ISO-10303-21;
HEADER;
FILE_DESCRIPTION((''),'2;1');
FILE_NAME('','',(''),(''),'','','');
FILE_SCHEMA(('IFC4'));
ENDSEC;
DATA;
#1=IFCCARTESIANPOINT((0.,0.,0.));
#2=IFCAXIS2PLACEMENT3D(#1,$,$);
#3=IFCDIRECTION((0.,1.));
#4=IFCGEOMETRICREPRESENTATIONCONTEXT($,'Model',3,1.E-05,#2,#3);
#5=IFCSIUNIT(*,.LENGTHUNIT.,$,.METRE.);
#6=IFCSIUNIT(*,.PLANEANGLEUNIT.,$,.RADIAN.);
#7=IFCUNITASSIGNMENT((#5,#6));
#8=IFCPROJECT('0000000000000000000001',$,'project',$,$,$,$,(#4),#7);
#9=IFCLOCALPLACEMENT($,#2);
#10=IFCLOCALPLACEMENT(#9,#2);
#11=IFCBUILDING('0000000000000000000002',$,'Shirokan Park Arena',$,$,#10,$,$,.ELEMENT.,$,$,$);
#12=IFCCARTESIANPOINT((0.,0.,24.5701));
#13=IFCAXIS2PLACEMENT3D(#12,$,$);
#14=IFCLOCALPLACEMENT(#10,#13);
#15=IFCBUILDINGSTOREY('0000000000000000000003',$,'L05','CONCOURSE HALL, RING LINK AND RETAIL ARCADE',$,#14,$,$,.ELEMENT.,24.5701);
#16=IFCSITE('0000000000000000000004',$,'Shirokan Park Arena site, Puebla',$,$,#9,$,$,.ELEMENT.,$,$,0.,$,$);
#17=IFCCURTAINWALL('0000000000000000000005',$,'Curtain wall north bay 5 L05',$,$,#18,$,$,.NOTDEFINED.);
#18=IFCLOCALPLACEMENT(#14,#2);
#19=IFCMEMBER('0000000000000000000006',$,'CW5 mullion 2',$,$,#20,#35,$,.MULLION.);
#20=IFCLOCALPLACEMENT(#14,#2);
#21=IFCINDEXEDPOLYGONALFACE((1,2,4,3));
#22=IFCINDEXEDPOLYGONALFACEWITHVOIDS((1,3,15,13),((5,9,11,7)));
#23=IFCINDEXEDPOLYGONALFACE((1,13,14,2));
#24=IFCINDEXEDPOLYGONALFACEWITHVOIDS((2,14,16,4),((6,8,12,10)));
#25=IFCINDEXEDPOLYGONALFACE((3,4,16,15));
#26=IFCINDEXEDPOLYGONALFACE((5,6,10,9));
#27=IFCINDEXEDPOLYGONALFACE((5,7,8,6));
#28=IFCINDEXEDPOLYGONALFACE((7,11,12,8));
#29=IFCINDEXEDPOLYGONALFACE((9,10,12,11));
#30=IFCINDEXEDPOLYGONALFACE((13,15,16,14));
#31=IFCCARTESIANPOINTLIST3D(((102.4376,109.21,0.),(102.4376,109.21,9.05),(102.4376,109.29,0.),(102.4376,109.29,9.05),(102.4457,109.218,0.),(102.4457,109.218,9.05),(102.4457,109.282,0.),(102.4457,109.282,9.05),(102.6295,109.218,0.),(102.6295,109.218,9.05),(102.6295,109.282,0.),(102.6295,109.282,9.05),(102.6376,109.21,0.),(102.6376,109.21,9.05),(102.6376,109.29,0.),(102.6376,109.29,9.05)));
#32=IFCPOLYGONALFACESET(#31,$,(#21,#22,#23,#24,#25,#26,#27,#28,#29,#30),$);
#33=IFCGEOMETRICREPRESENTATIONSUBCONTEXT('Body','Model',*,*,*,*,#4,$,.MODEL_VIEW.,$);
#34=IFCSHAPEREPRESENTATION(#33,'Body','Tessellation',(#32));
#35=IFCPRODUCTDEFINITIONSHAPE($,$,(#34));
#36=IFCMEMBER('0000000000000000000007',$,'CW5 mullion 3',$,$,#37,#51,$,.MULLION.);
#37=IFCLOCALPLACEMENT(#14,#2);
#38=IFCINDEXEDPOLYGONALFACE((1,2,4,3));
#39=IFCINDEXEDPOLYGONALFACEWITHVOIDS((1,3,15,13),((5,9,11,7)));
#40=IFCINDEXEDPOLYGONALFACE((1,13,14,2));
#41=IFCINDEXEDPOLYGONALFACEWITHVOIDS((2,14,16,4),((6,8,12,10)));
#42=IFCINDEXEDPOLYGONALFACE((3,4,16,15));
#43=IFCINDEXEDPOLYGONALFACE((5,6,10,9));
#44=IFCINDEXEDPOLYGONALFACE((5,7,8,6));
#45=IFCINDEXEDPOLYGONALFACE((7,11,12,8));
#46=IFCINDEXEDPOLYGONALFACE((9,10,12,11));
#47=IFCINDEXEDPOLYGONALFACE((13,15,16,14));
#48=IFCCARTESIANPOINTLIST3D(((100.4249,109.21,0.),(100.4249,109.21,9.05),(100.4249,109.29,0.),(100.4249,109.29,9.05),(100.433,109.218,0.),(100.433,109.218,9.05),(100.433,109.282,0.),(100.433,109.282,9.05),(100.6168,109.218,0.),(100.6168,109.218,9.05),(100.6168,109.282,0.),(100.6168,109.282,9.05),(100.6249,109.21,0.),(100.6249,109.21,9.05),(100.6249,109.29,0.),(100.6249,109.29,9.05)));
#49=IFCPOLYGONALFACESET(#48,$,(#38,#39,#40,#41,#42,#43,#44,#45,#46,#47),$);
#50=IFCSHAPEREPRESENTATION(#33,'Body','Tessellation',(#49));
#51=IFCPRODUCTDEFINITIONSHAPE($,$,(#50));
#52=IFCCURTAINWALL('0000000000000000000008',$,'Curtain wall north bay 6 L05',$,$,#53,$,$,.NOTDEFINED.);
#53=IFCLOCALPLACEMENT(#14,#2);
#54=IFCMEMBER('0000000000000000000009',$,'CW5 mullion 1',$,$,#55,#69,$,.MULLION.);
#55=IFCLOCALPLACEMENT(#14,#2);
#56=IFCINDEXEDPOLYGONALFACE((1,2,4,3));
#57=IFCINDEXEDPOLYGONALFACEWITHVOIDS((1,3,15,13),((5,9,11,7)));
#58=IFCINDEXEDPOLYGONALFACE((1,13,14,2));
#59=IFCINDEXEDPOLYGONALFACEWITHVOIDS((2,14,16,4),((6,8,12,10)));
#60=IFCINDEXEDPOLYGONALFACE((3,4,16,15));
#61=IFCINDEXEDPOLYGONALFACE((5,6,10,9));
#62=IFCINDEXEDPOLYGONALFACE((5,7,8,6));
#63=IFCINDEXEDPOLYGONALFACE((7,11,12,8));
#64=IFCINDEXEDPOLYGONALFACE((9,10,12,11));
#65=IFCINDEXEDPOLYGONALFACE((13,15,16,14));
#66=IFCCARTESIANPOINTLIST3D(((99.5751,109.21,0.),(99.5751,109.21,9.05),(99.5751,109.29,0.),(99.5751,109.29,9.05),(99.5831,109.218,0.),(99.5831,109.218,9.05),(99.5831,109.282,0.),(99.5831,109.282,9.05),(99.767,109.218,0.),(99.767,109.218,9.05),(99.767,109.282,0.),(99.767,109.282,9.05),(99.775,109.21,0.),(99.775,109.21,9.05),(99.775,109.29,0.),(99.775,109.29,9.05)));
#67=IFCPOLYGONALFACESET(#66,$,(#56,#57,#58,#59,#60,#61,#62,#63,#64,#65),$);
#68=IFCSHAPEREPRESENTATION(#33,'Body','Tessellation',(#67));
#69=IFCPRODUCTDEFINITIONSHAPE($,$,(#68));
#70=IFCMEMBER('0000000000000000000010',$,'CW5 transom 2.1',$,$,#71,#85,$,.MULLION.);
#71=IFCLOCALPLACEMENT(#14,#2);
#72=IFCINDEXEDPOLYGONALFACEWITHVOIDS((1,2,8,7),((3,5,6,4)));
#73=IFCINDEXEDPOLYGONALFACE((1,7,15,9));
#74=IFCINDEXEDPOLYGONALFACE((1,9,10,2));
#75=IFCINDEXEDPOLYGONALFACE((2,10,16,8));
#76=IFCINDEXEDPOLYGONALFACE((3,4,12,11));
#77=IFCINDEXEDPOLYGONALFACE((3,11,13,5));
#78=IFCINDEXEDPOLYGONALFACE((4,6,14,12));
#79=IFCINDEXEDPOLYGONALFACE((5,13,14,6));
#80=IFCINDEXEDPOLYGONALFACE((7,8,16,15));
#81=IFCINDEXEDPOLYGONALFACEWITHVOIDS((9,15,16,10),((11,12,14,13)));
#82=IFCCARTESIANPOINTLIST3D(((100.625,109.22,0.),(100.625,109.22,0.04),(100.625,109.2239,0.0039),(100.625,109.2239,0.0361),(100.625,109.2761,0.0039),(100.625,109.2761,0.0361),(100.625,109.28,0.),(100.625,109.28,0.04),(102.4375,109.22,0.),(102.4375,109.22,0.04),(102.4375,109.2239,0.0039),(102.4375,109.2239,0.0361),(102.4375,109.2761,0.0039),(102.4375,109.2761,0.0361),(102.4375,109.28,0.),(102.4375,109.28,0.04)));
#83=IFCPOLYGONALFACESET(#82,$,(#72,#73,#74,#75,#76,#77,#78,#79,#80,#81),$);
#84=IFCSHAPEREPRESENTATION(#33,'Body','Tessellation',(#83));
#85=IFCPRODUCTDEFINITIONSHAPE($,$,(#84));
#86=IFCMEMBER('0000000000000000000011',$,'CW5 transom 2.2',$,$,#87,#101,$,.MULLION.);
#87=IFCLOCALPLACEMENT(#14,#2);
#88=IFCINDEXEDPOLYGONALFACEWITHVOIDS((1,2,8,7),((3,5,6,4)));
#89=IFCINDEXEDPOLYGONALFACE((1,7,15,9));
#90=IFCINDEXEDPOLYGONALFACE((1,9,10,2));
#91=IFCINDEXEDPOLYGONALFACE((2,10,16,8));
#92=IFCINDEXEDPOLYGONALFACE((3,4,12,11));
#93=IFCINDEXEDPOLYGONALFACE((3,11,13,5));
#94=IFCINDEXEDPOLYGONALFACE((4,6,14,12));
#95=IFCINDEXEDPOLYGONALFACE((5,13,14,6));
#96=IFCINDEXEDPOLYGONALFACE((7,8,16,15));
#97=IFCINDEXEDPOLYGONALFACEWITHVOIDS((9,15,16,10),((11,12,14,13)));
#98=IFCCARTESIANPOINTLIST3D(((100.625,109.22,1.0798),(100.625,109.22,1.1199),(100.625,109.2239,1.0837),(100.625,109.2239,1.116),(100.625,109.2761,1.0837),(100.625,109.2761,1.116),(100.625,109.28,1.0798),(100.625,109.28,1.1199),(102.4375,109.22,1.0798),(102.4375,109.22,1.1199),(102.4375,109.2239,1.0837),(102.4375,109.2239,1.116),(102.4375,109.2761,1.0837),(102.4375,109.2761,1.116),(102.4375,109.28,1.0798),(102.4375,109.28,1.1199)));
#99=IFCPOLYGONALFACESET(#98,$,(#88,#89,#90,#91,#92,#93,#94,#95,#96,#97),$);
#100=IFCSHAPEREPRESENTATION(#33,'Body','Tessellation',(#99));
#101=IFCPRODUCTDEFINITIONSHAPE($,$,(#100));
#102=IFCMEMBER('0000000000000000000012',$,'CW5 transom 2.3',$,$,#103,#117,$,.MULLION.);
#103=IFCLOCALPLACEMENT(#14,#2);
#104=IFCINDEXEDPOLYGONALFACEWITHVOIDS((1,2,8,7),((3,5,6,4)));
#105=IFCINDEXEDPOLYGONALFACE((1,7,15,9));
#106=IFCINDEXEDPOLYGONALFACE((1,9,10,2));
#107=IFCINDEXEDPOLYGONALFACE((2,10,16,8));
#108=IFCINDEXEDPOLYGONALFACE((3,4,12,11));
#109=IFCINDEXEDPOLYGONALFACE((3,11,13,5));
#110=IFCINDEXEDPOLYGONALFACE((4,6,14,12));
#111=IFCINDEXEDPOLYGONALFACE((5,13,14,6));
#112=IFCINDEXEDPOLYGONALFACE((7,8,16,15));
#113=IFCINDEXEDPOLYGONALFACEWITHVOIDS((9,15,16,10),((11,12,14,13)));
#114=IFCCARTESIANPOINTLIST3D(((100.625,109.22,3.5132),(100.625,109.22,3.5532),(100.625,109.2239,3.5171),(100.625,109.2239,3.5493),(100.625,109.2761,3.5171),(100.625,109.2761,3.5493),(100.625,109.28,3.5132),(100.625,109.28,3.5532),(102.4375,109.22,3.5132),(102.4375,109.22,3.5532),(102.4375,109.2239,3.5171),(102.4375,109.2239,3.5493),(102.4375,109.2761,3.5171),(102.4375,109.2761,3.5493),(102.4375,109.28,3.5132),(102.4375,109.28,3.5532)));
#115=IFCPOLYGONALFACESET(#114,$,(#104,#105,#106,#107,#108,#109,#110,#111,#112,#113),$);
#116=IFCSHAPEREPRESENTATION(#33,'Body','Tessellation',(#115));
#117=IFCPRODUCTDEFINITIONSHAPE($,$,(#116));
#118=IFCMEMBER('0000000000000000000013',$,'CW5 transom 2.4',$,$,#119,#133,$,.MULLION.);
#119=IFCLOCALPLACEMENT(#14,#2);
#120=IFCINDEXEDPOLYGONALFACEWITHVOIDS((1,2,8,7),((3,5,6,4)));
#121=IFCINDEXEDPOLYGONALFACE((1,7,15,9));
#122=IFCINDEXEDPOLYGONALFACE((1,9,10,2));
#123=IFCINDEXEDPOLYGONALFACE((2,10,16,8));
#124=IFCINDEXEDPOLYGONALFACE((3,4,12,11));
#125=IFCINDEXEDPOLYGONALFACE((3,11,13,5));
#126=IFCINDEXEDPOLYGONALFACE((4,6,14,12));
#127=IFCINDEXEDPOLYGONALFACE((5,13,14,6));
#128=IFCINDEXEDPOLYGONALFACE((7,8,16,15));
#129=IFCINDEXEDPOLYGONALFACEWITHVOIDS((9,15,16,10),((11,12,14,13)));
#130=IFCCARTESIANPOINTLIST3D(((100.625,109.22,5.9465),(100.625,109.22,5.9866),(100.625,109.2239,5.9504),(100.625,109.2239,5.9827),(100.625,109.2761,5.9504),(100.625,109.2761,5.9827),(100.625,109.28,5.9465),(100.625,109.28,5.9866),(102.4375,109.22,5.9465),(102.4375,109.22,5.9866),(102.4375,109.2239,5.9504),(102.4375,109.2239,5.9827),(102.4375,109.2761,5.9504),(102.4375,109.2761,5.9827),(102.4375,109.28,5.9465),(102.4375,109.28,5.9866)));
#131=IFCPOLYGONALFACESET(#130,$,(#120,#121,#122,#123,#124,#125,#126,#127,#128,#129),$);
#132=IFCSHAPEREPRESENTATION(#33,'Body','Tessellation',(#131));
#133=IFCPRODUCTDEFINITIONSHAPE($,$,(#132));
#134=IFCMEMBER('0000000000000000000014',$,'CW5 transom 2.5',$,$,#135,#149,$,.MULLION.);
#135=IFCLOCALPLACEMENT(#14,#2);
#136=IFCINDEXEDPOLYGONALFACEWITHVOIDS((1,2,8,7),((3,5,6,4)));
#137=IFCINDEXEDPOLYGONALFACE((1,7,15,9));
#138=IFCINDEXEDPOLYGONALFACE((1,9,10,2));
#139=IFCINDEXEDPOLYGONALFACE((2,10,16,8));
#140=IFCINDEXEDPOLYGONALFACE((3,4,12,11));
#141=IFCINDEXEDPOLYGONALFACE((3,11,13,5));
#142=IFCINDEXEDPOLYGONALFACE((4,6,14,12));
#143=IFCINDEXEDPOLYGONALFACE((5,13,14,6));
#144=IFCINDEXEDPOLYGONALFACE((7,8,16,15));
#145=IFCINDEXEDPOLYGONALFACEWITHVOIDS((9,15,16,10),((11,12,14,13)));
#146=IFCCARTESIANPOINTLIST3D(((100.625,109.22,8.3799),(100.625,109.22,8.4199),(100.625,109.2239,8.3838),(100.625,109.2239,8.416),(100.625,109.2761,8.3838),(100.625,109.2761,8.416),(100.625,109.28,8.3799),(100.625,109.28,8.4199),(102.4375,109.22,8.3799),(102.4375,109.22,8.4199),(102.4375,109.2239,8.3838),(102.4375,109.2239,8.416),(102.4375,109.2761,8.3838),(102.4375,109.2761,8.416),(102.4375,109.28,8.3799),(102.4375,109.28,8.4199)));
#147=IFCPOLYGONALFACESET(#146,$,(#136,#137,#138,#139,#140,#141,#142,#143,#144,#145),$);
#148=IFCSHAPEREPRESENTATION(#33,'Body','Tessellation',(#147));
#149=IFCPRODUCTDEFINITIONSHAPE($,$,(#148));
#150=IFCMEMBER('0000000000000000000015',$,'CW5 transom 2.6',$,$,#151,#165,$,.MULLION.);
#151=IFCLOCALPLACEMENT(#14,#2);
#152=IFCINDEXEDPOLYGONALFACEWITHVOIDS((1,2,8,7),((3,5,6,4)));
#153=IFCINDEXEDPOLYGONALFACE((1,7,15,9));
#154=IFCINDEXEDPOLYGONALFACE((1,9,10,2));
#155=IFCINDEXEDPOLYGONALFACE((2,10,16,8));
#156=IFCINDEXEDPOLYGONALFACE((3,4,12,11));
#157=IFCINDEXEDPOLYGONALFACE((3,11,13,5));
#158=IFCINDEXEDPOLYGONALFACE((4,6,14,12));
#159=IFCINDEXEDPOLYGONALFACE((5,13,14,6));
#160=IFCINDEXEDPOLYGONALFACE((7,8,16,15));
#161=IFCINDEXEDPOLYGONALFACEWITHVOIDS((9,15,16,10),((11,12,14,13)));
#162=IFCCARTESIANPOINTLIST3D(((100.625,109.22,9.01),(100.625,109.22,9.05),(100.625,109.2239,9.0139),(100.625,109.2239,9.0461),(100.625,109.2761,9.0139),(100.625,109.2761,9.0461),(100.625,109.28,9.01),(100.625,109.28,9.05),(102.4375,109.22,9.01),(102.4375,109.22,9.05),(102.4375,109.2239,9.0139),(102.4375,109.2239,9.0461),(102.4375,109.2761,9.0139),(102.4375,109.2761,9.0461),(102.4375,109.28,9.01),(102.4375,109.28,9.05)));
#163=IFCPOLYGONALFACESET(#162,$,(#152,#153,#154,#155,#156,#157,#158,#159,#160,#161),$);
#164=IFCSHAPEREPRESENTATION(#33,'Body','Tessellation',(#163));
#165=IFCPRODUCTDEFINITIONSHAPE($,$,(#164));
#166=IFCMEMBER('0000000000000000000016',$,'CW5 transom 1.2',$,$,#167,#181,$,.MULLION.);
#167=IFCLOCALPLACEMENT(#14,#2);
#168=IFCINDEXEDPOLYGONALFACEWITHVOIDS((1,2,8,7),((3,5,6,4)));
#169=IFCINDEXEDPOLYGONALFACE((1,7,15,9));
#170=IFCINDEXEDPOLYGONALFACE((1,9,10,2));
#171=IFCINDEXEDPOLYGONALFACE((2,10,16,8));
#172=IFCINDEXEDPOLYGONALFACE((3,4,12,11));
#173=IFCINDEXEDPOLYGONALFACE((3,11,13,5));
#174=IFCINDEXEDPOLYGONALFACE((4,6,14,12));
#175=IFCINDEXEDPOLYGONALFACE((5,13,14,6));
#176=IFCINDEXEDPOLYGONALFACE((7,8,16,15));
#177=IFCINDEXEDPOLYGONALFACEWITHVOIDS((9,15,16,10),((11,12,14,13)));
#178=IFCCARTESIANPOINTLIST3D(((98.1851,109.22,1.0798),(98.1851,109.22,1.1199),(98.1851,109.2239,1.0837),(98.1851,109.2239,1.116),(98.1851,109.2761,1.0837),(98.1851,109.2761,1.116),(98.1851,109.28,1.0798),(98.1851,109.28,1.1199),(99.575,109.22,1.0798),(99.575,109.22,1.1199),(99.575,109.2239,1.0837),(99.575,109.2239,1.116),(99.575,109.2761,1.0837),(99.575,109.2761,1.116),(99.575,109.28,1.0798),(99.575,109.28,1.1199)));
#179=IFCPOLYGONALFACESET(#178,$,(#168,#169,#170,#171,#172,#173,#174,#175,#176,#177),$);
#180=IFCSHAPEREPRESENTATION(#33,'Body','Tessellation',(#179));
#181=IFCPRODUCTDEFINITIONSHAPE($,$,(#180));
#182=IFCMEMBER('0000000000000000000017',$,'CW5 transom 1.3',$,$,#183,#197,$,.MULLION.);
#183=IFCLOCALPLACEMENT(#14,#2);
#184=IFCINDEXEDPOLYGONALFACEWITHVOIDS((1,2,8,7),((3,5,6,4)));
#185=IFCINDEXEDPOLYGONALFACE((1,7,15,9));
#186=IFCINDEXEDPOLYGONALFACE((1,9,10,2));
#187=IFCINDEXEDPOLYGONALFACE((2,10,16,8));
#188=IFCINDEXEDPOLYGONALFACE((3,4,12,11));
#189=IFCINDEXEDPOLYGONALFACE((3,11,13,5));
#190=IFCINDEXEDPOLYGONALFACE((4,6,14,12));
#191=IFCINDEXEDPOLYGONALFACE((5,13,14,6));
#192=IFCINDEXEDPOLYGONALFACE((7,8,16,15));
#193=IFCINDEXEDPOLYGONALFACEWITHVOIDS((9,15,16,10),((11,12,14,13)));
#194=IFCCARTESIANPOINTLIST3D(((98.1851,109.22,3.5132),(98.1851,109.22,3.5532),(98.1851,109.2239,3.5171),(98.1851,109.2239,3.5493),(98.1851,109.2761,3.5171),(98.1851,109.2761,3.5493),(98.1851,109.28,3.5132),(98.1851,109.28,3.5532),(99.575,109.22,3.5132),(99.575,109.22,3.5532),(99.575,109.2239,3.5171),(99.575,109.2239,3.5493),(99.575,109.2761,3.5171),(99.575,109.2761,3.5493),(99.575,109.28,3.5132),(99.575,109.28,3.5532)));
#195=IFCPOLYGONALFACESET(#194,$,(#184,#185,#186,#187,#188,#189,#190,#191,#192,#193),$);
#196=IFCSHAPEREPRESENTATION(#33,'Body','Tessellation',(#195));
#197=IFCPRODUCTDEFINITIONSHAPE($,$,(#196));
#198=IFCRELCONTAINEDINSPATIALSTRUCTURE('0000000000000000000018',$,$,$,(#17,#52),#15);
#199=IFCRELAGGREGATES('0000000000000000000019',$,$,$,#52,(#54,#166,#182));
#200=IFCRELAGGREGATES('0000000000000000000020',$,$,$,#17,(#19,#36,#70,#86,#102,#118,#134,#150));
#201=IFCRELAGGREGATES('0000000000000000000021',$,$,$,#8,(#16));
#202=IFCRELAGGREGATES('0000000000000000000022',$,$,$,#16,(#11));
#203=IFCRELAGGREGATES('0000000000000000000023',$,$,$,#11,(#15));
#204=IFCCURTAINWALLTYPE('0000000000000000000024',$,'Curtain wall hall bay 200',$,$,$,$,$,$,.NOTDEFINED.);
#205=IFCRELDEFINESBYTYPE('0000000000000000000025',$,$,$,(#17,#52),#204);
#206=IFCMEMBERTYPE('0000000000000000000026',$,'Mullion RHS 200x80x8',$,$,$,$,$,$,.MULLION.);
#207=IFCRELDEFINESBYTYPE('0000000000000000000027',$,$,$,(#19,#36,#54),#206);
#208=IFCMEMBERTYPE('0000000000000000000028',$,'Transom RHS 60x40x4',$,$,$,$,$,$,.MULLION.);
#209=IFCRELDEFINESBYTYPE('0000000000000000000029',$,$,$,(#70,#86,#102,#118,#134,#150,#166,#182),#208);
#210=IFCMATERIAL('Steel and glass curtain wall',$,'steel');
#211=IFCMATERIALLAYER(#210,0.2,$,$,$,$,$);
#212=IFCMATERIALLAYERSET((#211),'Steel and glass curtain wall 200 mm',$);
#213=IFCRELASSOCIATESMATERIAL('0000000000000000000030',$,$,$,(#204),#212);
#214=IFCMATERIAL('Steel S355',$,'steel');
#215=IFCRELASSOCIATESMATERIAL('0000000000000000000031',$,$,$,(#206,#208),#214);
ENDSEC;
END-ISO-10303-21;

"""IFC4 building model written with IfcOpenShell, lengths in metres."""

from ifc_helpers import new_model, si_unit, direction, frame, origin, origin_2d, place, context, subcontext, project, spatial, hollow_rectangle, extrude, material, layer, layer_set, material_profile, profile_set, type_object, element, aggregate, save


model = new_model("IFC4")

# Units and contexts
model_context = context("Model", 3, precision=1e-05, world=origin(), true_north=direction((0.0, 1.0)))
body_context = subcontext(model_context, "Body", "Model", "MODEL_VIEW")
ifc_project = project(units=[si_unit("LENGTHUNIT", "METRE"), si_unit("PLANEANGLEUNIT", "RADIAN")], contexts=[model_context])

# Site, building, storey
site_placement = place(None, origin())
site = spatial("IfcSite", under=ifc_project, at=site_placement, Name="Shirokan Park Arena site, Puebla", CompositionType="ELEMENT", RefElevation=0.0)
building_placement = place(site_placement, origin())
building = spatial("IfcBuilding", under=site, at=building_placement, Name="Shirokan Park Arena", CompositionType="ELEMENT")
storey_placement = place(building_placement, frame((0.0, 0.0, 24.5701)))
storey = spatial("IfcBuildingStorey", under=building, at=storey_placement, Name="L05", Description="CONCOURSE HALL, RING LINK AND RETAIL ARCADE", CompositionType="ELEMENT", Elevation=24.5701)

# Curtain wall, members
ifc_material_1 = material(Name="Steel and glass curtain wall", Category="steel")
ifc_layer_1 = layer(ifc_material_1, 0.2)
ifc_layer_set_1 = layer_set([ifc_layer_1], Name="Steel and glass curtain wall 200 mm")
curtain_wall_type = type_object("IfcCurtainWallType", Name="Curtain wall hall bay 200", PredefinedType="NOTDEFINED", material=ifc_layer_set_1)
curtain_wall_1_placement = place(storey_placement, origin())
curtain_wall_1 = element("IfcCurtainWall", 1, at=curtain_wall_1_placement, inside=storey, type_object=curtain_wall_type, Name="Curtain wall north bay 5 L05", PredefinedType="NOTDEFINED")
ifc_material_2 = material(Name="Steel S355", Category="steel")
ifc_material_profile_1 = material_profile(ifc_material_2, hollow_rectangle(XDim=0.0801, YDim=0.2, WallThickness=0.0081, at=origin_2d()), Name="RHS 200x80x8")
ifc_profile_set_1 = profile_set([ifc_material_profile_1], Name="Steel S355")
member_type_1 = type_object("IfcMemberType", Name="Mullion RHS 200x80x8", PredefinedType="MULLION", material=ifc_profile_set_1)
member_1_placement = place(storey_placement, frame((102.5376, 109.25, 0.0), z_axis=(0.0, 0.0, 1.0), x_axis=(0.0, -1.0, 0.0)))
member_1 = element("IfcMember", 2, at=member_1_placement, type_object=member_type_1, Name="CW5 mullion 2", PredefinedType="MULLION", context=body_context, shape_type="SweptSolid", body=[
    extrude(hollow_rectangle(XDim=0.0801, YDim=0.2, WallThickness=0.0081, at=origin_2d()), origin(), (0.0, 0.0, 1.0), 9.05),
])
member_2_placement = place(storey_placement, frame((100.5249, 109.25, 0.0), z_axis=(0.0, 0.0, 1.0), x_axis=(0.0, -1.0, 0.0)))
member_2 = element("IfcMember", 3, at=member_2_placement, type_object=member_type_1, Name="CW5 mullion 3", PredefinedType="MULLION", context=body_context, shape_type="SweptSolid", body=[
    extrude(hollow_rectangle(XDim=0.0801, YDim=0.2, WallThickness=0.0081, at=origin_2d()), origin(), (0.0, 0.0, 1.0), 9.05),
])

# Curtain wall, member
curtain_wall_2_placement = place(storey_placement, origin())
curtain_wall_2 = element("IfcCurtainWall", 4, at=curtain_wall_2_placement, inside=storey, type_object=curtain_wall_type, Name="Curtain wall north bay 6 L05", PredefinedType="NOTDEFINED")
member_3_placement = place(storey_placement, frame((99.675, 109.25, 0.0), z_axis=(0.0, 0.0, 1.0), x_axis=(0.0, -1.0, 0.0)))
member_3 = element("IfcMember", 5, at=member_3_placement, type_object=member_type_1, Name="CW5 mullion 1", PredefinedType="MULLION", context=body_context, shape_type="SweptSolid", body=[
    extrude(hollow_rectangle(XDim=0.0801, YDim=0.2, WallThickness=0.0081, at=origin_2d()), origin(), (0.0, 0.0, 1.0), 9.05),
])

# Members
ifc_material_profile_2 = material_profile(ifc_material_2, hollow_rectangle(XDim=0.0601, YDim=0.04, WallThickness=0.0039, at=origin_2d()), Name="RHS 60x40x4")
ifc_profile_set_2 = profile_set([ifc_material_profile_2], Name="Steel S355")
member_type_2 = type_object("IfcMemberType", Name="Transom RHS 60x40x4", PredefinedType="MULLION", material=ifc_profile_set_2)
member_4_placement = place(storey_placement, frame((102.4375, 109.25, 0.02), z_axis=(-1.0, 0.0, 0.0), x_axis=(0.0, -1.0, 0.0)))
member_4 = element("IfcMember", 6, at=member_4_placement, type_object=member_type_2, Name="CW5 transom 2.1", PredefinedType="MULLION", context=body_context, shape_type="SweptSolid", body=[
    extrude(hollow_rectangle(XDim=0.0601, YDim=0.04, WallThickness=0.0039, at=origin_2d()), origin(), (0.0, 0.0, 1.0), 1.8125),
])
member_5_placement = place(storey_placement, frame((102.4375, 109.25, 1.0999), z_axis=(-1.0, 0.0, 0.0), x_axis=(0.0, -1.0, 0.0)))
member_5 = element("IfcMember", 7, at=member_5_placement, type_object=member_type_2, Name="CW5 transom 2.2", PredefinedType="MULLION", context=body_context, shape_type="SweptSolid", body=[
    extrude(hollow_rectangle(XDim=0.0601, YDim=0.04, WallThickness=0.0039, at=origin_2d()), origin(), (0.0, 0.0, 1.0), 1.8125),
])
member_6_placement = place(storey_placement, frame((102.4375, 109.25, 3.5332), z_axis=(-1.0, 0.0, 0.0), x_axis=(0.0, -1.0, 0.0)))
member_6 = element("IfcMember", 8, at=member_6_placement, type_object=member_type_2, Name="CW5 transom 2.3", PredefinedType="MULLION", context=body_context, shape_type="SweptSolid", body=[
    extrude(hollow_rectangle(XDim=0.0601, YDim=0.04, WallThickness=0.0039, at=origin_2d()), origin(), (0.0, 0.0, 1.0), 1.8125),
])
member_7_placement = place(storey_placement, frame((102.4375, 109.25, 5.9666), z_axis=(-1.0, 0.0, 0.0), x_axis=(0.0, -1.0, 0.0)))
member_7 = element("IfcMember", 9, at=member_7_placement, type_object=member_type_2, Name="CW5 transom 2.4", PredefinedType="MULLION", context=body_context, shape_type="SweptSolid", body=[
    extrude(hollow_rectangle(XDim=0.0601, YDim=0.04, WallThickness=0.0039, at=origin_2d()), origin(), (0.0, 0.0, 1.0), 1.8125),
])
member_8_placement = place(storey_placement, frame((102.4375, 109.25, 8.3999), z_axis=(-1.0, 0.0, 0.0), x_axis=(0.0, -1.0, 0.0)))
member_8 = element("IfcMember", 10, at=member_8_placement, type_object=member_type_2, Name="CW5 transom 2.5", PredefinedType="MULLION", context=body_context, shape_type="SweptSolid", body=[
    extrude(hollow_rectangle(XDim=0.0601, YDim=0.04, WallThickness=0.0039, at=origin_2d()), origin(), (0.0, 0.0, 1.0), 1.8125),
])
member_9_placement = place(storey_placement, frame((102.4375, 109.25, 9.03), z_axis=(-1.0, 0.0, 0.0), x_axis=(0.0, -1.0, 0.0)))
member_9 = element("IfcMember", 11, at=member_9_placement, type_object=member_type_2, Name="CW5 transom 2.6", PredefinedType="MULLION", context=body_context, shape_type="SweptSolid", body=[
    extrude(hollow_rectangle(XDim=0.0601, YDim=0.04, WallThickness=0.0039, at=origin_2d()), origin(), (0.0, 0.0, 1.0), 1.8125),
])
member_10_placement = place(storey_placement, frame((99.575, 109.25, 1.0999), z_axis=(-1.0, 0.0, 0.0), x_axis=(0.0, -1.0, 0.0)))
member_10 = element("IfcMember", 12, at=member_10_placement, type_object=member_type_2, Name="CW5 transom 1.2", PredefinedType="MULLION", context=body_context, shape_type="SweptSolid", body=[
    extrude(hollow_rectangle(XDim=0.0601, YDim=0.04, WallThickness=0.0039, at=origin_2d()), origin(), (0.0, 0.0, 1.0), 1.3899),
])
member_11_placement = place(storey_placement, frame((99.575, 109.25, 3.5332), z_axis=(-1.0, 0.0, 0.0), x_axis=(0.0, -1.0, 0.0)))
member_11 = element("IfcMember", 13, at=member_11_placement, type_object=member_type_2, Name="CW5 transom 1.3", PredefinedType="MULLION", context=body_context, shape_type="SweptSolid", body=[
    extrude(hollow_rectangle(XDim=0.0601, YDim=0.04, WallThickness=0.0039, at=origin_2d()), origin(), (0.0, 0.0, 1.0), 1.3899),
])
aggregate(curtain_wall_2, [member_3, member_10, member_11])

aggregate(curtain_wall_1, [member_1, member_2, member_4, member_5, member_6, member_7, member_8, member_9])

save(model, "model.ifc")
